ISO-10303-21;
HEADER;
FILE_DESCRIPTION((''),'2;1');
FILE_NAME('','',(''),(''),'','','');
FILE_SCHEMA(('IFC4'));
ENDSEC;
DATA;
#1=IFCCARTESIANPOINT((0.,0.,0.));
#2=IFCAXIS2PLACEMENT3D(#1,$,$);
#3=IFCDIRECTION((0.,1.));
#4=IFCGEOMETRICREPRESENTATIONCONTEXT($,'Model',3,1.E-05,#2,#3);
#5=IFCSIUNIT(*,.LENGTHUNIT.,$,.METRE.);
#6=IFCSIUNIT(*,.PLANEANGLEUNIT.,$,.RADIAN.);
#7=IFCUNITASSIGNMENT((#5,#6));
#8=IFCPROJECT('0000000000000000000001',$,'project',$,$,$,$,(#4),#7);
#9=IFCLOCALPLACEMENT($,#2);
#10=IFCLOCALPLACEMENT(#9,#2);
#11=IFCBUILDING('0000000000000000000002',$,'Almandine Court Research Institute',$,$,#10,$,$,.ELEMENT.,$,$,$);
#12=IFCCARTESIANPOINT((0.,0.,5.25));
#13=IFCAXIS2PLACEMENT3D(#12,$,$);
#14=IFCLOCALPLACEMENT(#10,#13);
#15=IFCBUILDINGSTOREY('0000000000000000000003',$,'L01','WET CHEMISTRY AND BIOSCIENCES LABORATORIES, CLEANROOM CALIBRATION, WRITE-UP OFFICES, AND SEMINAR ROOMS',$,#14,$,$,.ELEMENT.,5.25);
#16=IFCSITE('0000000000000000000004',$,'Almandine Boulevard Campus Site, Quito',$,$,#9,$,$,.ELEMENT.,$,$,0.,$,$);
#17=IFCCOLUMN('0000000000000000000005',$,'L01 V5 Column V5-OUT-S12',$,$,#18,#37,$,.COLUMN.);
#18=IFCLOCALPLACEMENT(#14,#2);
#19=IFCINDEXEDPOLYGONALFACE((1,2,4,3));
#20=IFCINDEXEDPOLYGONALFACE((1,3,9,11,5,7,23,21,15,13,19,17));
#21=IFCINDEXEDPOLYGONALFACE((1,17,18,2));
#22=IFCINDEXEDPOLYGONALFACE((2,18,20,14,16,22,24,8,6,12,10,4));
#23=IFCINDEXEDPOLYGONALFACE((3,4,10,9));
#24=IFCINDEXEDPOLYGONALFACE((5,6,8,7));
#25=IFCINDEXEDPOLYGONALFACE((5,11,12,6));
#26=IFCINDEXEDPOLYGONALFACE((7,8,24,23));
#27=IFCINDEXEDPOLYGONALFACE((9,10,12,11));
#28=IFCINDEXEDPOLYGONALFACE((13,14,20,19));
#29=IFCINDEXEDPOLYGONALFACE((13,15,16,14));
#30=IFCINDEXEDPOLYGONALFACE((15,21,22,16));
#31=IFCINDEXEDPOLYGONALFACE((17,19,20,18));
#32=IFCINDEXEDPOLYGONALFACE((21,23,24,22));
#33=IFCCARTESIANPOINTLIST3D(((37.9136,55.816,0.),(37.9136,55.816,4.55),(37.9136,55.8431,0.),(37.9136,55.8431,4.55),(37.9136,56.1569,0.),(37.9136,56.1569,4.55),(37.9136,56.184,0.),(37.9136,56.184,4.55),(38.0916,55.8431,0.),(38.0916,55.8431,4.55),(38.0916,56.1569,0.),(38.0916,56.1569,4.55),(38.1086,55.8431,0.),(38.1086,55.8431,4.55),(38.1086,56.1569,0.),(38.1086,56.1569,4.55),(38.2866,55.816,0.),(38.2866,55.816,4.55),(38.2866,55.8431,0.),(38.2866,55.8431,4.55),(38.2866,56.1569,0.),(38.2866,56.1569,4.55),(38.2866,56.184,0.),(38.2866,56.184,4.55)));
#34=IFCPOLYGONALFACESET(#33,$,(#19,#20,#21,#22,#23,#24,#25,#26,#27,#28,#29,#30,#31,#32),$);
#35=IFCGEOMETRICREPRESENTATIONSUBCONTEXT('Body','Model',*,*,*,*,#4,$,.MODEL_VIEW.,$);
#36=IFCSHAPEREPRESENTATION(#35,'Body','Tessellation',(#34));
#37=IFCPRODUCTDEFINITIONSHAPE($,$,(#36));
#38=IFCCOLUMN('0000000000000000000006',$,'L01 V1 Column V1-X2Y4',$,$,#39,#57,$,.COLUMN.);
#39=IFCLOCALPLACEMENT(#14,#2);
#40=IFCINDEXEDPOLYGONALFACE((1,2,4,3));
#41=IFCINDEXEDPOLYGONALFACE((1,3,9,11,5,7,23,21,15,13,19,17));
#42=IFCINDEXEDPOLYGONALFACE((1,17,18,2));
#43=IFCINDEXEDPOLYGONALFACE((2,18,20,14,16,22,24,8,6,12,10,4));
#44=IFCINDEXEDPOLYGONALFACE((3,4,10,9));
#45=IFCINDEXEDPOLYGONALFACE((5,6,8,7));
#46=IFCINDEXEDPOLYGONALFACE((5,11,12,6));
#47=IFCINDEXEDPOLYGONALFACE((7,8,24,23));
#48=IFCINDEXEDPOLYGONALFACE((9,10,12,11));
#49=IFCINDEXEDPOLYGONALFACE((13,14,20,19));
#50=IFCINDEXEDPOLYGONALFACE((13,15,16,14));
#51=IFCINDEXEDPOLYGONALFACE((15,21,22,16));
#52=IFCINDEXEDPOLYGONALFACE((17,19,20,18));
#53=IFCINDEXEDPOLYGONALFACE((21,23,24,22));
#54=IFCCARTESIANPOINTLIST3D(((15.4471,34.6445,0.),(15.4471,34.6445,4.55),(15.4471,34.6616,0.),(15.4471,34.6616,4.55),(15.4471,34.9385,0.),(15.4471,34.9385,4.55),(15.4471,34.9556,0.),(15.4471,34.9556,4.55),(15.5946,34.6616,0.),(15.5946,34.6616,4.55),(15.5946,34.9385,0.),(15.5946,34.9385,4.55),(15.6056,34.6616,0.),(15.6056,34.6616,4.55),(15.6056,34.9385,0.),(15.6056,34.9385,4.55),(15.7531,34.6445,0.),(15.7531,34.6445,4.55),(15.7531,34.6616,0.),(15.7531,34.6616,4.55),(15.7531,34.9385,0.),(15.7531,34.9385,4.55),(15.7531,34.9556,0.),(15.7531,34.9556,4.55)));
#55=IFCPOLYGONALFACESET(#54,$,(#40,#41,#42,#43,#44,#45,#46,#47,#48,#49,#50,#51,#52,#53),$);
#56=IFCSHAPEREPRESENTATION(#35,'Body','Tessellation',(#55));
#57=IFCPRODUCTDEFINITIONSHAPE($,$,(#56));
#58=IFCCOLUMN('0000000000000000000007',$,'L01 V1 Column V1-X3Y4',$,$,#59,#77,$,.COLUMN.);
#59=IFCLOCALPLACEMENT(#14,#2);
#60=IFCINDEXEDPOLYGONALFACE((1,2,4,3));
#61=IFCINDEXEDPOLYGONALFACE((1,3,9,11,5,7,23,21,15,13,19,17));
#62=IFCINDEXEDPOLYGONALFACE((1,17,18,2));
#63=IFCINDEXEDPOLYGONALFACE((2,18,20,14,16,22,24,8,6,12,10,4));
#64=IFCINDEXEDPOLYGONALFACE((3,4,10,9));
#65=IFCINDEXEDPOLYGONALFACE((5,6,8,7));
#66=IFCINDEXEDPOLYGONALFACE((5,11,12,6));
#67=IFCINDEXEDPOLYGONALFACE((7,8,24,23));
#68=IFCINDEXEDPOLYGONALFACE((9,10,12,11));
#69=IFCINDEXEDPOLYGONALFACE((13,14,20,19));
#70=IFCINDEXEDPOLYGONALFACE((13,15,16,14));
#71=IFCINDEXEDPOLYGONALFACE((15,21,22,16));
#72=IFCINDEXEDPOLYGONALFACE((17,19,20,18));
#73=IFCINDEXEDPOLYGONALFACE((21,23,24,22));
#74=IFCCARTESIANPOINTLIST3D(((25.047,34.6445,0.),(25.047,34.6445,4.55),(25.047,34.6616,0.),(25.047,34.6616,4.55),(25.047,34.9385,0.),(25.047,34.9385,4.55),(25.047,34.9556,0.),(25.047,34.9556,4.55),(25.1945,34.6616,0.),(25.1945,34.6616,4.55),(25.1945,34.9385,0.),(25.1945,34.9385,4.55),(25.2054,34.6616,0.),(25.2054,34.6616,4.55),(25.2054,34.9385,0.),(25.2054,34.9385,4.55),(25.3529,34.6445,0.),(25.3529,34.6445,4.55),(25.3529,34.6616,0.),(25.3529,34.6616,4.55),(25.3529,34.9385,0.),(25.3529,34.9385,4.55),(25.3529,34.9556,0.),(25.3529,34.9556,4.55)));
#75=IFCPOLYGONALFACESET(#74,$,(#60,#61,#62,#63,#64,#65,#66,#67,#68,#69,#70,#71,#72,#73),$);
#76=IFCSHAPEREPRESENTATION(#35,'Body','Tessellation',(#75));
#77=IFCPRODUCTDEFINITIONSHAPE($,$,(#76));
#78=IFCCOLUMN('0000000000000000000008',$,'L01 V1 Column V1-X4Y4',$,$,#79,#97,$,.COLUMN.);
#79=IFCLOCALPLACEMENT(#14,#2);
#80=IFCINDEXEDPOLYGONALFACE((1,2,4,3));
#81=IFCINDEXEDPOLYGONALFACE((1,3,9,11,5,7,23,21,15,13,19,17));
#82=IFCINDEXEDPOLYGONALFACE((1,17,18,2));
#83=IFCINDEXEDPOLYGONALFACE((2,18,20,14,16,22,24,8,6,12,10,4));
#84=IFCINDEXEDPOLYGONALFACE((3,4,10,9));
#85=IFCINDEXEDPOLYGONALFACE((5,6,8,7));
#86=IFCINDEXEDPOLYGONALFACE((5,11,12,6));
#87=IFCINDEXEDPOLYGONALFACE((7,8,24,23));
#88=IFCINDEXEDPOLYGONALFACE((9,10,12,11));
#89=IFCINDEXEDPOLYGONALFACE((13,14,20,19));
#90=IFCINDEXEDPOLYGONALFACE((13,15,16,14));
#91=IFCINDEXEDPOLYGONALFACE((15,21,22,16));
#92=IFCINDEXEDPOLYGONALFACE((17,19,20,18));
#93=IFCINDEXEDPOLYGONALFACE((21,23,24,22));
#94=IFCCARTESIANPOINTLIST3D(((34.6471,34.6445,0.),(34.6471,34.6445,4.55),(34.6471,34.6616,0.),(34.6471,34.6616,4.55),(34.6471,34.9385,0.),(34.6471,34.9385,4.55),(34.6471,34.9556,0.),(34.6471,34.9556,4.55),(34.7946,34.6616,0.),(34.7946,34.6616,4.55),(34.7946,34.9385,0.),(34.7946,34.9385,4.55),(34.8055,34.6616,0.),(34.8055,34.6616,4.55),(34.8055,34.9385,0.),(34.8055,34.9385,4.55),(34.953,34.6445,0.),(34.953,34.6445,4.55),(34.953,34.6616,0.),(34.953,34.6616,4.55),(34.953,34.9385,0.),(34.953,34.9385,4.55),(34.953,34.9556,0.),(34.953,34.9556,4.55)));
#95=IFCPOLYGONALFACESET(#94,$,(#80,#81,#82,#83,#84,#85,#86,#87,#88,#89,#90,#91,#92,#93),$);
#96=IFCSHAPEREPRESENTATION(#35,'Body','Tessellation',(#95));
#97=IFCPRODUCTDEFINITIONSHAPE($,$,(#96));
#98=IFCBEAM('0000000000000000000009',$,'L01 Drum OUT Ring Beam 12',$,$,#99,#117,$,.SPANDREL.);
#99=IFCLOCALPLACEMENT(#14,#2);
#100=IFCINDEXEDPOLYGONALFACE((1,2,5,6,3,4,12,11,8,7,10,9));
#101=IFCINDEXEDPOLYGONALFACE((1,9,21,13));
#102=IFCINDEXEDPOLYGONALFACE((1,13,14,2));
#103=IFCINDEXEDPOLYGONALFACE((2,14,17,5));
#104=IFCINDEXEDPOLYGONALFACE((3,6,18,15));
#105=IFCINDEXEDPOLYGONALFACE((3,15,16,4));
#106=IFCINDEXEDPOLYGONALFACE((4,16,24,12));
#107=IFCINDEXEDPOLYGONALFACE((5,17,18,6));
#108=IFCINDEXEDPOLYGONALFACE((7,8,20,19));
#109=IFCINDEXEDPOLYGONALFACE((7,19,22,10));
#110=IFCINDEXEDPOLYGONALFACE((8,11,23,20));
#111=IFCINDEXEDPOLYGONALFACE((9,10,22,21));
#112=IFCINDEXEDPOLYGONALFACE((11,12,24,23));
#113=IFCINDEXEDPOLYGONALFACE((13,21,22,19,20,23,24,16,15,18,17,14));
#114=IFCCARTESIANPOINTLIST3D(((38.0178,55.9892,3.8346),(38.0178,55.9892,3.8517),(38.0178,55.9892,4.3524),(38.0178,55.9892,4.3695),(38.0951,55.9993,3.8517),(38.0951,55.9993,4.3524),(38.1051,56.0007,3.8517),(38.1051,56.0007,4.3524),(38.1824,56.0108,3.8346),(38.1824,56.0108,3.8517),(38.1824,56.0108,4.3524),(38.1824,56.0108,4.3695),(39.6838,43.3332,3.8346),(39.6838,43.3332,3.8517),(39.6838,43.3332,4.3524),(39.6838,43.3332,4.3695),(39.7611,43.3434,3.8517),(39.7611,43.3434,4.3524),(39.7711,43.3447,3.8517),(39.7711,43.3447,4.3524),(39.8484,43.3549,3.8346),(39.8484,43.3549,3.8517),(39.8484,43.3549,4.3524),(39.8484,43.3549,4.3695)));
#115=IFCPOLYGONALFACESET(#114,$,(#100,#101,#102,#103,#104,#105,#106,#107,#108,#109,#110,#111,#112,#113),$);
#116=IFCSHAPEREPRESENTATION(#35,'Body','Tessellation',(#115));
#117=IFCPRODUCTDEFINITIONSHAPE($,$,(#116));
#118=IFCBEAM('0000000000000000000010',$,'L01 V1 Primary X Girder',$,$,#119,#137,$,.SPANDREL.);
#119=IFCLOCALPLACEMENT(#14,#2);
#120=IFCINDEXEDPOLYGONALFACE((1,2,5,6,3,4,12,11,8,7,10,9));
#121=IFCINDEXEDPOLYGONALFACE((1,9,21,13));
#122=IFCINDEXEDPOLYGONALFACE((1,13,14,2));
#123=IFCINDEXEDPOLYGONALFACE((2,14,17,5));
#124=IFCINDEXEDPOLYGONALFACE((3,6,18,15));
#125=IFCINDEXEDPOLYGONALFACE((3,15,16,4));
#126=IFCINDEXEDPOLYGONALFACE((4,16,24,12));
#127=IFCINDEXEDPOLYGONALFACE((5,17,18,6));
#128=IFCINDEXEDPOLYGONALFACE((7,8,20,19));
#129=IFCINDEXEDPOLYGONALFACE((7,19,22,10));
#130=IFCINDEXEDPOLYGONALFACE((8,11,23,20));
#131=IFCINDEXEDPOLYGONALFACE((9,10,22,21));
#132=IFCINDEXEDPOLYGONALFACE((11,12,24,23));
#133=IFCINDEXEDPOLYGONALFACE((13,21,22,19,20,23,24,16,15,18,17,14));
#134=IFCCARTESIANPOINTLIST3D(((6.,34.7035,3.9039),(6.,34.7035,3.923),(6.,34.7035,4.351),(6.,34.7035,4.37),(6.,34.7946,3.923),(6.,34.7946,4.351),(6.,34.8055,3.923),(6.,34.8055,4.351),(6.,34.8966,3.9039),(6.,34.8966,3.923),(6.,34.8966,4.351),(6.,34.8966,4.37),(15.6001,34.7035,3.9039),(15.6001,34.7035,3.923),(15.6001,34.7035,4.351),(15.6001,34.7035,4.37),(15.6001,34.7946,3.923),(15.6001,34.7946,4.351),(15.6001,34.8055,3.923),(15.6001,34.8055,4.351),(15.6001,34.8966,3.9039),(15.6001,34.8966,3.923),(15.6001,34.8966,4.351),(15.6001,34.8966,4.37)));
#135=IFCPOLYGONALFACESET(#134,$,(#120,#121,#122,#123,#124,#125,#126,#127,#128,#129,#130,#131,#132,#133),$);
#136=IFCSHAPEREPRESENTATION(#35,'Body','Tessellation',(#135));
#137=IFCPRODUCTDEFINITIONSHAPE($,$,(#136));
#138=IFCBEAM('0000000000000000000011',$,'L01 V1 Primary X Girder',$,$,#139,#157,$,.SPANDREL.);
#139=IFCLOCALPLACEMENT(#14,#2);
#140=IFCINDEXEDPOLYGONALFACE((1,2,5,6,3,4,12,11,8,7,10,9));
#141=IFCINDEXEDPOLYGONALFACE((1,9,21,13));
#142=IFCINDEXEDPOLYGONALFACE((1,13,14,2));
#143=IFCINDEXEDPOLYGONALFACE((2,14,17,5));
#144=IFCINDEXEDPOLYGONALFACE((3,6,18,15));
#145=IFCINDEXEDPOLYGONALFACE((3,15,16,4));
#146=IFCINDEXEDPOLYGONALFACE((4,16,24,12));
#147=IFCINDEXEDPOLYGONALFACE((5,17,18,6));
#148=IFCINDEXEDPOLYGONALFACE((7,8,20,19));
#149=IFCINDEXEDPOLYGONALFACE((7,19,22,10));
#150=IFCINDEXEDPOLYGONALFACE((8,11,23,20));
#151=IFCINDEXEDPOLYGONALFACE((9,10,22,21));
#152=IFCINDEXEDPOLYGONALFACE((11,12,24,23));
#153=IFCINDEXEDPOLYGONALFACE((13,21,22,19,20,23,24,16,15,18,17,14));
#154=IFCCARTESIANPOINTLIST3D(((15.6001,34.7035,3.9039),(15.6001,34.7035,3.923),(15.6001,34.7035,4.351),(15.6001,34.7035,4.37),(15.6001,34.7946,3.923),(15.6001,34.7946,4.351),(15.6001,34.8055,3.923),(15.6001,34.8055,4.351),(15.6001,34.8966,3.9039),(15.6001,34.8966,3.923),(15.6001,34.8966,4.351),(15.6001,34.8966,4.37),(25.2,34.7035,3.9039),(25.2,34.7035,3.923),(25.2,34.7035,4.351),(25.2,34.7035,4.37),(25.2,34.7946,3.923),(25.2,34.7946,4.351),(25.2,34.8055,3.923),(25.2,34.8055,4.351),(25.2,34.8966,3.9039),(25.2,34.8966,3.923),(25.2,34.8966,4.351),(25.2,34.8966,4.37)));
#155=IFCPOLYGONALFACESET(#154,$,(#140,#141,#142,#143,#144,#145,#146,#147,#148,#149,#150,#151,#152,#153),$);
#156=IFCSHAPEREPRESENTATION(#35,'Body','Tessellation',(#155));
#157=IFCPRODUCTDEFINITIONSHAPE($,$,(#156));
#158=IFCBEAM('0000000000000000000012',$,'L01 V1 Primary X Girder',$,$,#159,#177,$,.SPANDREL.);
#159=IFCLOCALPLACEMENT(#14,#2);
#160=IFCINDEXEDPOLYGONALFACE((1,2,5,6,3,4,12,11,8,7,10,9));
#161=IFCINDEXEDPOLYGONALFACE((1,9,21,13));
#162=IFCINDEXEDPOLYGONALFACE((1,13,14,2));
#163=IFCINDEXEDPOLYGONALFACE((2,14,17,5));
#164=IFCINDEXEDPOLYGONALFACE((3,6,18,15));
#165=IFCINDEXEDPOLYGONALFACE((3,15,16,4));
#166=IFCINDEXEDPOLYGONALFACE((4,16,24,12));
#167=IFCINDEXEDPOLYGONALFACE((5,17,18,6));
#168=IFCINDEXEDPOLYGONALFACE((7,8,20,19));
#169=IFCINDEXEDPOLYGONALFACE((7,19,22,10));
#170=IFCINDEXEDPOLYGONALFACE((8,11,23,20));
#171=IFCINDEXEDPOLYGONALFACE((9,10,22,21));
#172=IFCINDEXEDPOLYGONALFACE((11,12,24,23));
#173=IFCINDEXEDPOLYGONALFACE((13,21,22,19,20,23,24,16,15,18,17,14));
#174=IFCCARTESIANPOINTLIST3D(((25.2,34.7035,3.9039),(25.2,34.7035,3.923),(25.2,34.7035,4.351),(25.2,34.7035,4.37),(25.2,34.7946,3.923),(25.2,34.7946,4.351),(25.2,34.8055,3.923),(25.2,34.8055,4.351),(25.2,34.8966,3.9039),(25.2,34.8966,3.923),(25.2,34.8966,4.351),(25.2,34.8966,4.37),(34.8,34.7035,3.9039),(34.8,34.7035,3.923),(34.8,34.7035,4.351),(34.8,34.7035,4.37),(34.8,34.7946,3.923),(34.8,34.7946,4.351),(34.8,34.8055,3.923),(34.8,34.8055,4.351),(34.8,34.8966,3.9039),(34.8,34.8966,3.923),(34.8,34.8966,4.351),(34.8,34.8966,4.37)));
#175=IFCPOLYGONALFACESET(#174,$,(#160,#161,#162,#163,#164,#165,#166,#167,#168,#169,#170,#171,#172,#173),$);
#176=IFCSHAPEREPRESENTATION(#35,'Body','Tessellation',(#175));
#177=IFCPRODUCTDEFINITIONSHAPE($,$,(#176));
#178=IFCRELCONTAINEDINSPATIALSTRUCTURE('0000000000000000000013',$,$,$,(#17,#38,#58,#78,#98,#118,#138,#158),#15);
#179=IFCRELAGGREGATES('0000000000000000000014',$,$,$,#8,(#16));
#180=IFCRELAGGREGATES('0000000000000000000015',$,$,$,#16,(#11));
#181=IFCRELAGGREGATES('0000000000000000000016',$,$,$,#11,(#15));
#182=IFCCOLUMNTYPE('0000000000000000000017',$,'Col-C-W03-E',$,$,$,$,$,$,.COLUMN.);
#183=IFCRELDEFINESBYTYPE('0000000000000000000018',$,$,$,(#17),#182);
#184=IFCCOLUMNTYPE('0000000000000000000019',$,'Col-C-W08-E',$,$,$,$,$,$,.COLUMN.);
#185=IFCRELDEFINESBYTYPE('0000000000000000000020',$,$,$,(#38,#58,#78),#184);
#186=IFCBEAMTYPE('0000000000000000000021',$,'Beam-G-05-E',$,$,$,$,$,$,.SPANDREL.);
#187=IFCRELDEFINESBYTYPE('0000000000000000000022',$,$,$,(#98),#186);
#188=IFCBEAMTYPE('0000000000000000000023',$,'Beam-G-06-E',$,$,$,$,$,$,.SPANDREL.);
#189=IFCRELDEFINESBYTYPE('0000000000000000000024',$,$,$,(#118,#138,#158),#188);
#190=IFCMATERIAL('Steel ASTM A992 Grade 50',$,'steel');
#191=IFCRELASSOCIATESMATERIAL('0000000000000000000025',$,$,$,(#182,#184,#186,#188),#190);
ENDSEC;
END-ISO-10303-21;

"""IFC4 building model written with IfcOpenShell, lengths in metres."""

from ifc_helpers import new_model, si_unit, direction, frame, origin, origin_2d, place, context, subcontext, project, spatial, i_section, extrude, material, material_profile, profile_set, type_object, element, save


model = new_model("IFC4")

# Units and contexts
model_context = context("Model", 3, precision=1e-05, world=origin(), true_north=direction((0.0, 1.0)))
body_context = subcontext(model_context, "Body", "Model", "MODEL_VIEW")
ifc_project = project(units=[si_unit("LENGTHUNIT", "METRE"), si_unit("PLANEANGLEUNIT", "RADIAN")], contexts=[model_context])

# Site, building, storey
site_placement = place(None, origin())
site = spatial("IfcSite", under=ifc_project, at=site_placement, Name="Almandine Boulevard Campus Site, Quito", CompositionType="ELEMENT", RefElevation=0.0)
building_placement = place(site_placement, origin())
building = spatial("IfcBuilding", under=site, at=building_placement, Name="Almandine Court Research Institute", CompositionType="ELEMENT")
storey_placement = place(building_placement, frame((0.0, 0.0, 5.25)))
storey = spatial("IfcBuildingStorey", under=building, at=storey_placement, Name="L01", Description="WET CHEMISTRY AND BIOSCIENCES LABORATORIES, CLEANROOM CALIBRATION, WRITE-UP OFFICES, AND SEMINAR ROOMS", CompositionType="ELEMENT", Elevation=5.25)

# Columns
ifc_material_1 = material(Name="Steel ASTM A992 Grade 50", Category="steel")
ifc_material_profile_1 = material_profile(ifc_material_1, i_section(OverallWidth=0.373, OverallDepth=0.3679, WebThickness=0.0171, FlangeThickness=0.0271, at=origin_2d()), Name="W360x179")
ifc_profile_set_1 = profile_set([ifc_material_profile_1], Name="Steel ASTM A992 Grade 50")
column_type_1 = type_object("IfcColumnType", Name="Col-C-W03-E", PredefinedType="COLUMN", material=ifc_profile_set_1)
column_placement = place(storey_placement, frame((38.1001, 56.0, 0.0), z_axis=(0.0, 0.0, 1.0), x_axis=(1.0, 0.0, 0.0)))
element("IfcColumn", 1, at=column_placement, inside=storey, type_object=column_type_1, Name="L01 V5 Column V5-OUT-S12", PredefinedType="COLUMN", context=body_context, shape_type="SweptSolid", body=[
    extrude(i_section(OverallWidth=0.373, OverallDepth=0.3679, WebThickness=0.0171, FlangeThickness=0.0271, at=origin_2d()), origin(), (0.0, 0.0, 1.0), 4.55),
])
ifc_material_profile_2 = material_profile(ifc_material_1, i_section(OverallWidth=0.3059, OverallDepth=0.311, WebThickness=0.011, FlangeThickness=0.0171, at=origin_2d()), Name="W310x107")
ifc_profile_set_2 = profile_set([ifc_material_profile_2], Name="Steel ASTM A992 Grade 50")
column_type_2 = type_object("IfcColumnType", Name="Col-C-W08-E", PredefinedType="COLUMN", material=ifc_profile_set_2)
for number, where, z_axis, x_axis, name in (
    (2, (15.6001, 34.8, 0.0), (0.0, 0.0, 1.0), (1.0, 0.0, 0.0), "L01 V1 Column V1-X2Y4"),
    (3, (25.2, 34.8, 0.0), (0.0, 0.0, 1.0), (1.0, 0.0, 0.0), "L01 V1 Column V1-X3Y4"),
    (4, (34.8, 34.8, 0.0), (0.0, 0.0, 1.0), (1.0, 0.0, 0.0), "L01 V1 Column V1-X4Y4"),
):
    element("IfcColumn", number, at=place(storey_placement, frame(where, z_axis=z_axis, x_axis=x_axis)), inside=storey, type_object=column_type_2, Name=name, PredefinedType="COLUMN", context=body_context, shape_type="SweptSolid", body=[
        extrude(i_section(OverallWidth=0.3059, OverallDepth=0.311, WebThickness=0.011, FlangeThickness=0.0171, at=origin_2d()), origin(), (0.0, 0.0, 1.0), 4.55),
    ])

# Beams
ifc_material_profile_3 = material_profile(ifc_material_1, i_section(OverallWidth=0.166, OverallDepth=0.5349, WebThickness=0.01, FlangeThickness=0.0171, at=origin_2d()), Name="W530x85")
ifc_profile_set_3 = profile_set([ifc_material_profile_3], Name="Steel ASTM A992 Grade 50")
beam_type_1 = type_object("IfcBeamType", Name="Beam-G-05-E", PredefinedType="SPANDREL", material=ifc_profile_set_3)
beam_1_placement = place(storey_placement, frame((38.1001, 56.0, 4.1021), z_axis=(0.130512, -0.991447, 0.0), x_axis=(0.991447, 0.130512, 0.0)))
element("IfcBeam", 5, at=beam_1_placement, inside=storey, type_object=beam_type_1, Name="L01 Drum OUT Ring Beam 12", PredefinedType="SPANDREL", context=body_context, shape_type="SweptSolid", body=[
    extrude(i_section(OverallWidth=0.166, OverallDepth=0.5349, WebThickness=0.01, FlangeThickness=0.0171, at=origin_2d()), origin(), (0.0, 0.0, 1.0), 12.7651),
])
ifc_material_profile_4 = material_profile(ifc_material_1, i_section(OverallWidth=0.1931, OverallDepth=0.4661, WebThickness=0.011, FlangeThickness=0.019, at=origin_2d()), Name="W460x97")
ifc_profile_set_4 = profile_set([ifc_material_profile_4], Name="Steel ASTM A992 Grade 50")
beam_type_2 = type_object("IfcBeamType", Name="Beam-G-06-E", PredefinedType="SPANDREL", material=ifc_profile_set_4)
beam_2_placement = place(storey_placement, frame((6.0, 34.8, 4.137), z_axis=(1.0, 0.0, 0.0), x_axis=(0.0, 1.0, 0.0)))
element("IfcBeam", 6, at=beam_2_placement, inside=storey, type_object=beam_type_2, Name="L01 V1 Primary X Girder", PredefinedType="SPANDREL", context=body_context, shape_type="SweptSolid", body=[
    extrude(i_section(OverallWidth=0.1931, OverallDepth=0.4661, WebThickness=0.011, FlangeThickness=0.019, at=origin_2d()), origin(), (0.0, 0.0, 1.0), 9.6001),
])
beam_3_placement = place(storey_placement, frame((15.6001, 34.8, 4.137), z_axis=(1.0, 0.0, 0.0), x_axis=(0.0, 1.0, 0.0)))
element("IfcBeam", 7, at=beam_3_placement, inside=storey, type_object=beam_type_2, Name="L01 V1 Primary X Girder", PredefinedType="SPANDREL", context=body_context, shape_type="SweptSolid", body=[
    extrude(i_section(OverallWidth=0.1931, OverallDepth=0.4661, WebThickness=0.011, FlangeThickness=0.019, at=origin_2d()), origin(), (0.0, 0.0, 1.0), 9.5999),
])
beam_4_placement = place(storey_placement, frame((25.2, 34.8, 4.137), z_axis=(1.0, 0.0, 0.0), x_axis=(0.0, 1.0, 0.0)))
element("IfcBeam", 8, at=beam_4_placement, inside=storey, type_object=beam_type_2, Name="L01 V1 Primary X Girder", PredefinedType="SPANDREL", context=body_context, shape_type="SweptSolid", body=[
    extrude(i_section(OverallWidth=0.1931, OverallDepth=0.4661, WebThickness=0.011, FlangeThickness=0.019, at=origin_2d()), origin(), (0.0, 0.0, 1.0), 9.6001),
])

save(model, "model.ifc")
